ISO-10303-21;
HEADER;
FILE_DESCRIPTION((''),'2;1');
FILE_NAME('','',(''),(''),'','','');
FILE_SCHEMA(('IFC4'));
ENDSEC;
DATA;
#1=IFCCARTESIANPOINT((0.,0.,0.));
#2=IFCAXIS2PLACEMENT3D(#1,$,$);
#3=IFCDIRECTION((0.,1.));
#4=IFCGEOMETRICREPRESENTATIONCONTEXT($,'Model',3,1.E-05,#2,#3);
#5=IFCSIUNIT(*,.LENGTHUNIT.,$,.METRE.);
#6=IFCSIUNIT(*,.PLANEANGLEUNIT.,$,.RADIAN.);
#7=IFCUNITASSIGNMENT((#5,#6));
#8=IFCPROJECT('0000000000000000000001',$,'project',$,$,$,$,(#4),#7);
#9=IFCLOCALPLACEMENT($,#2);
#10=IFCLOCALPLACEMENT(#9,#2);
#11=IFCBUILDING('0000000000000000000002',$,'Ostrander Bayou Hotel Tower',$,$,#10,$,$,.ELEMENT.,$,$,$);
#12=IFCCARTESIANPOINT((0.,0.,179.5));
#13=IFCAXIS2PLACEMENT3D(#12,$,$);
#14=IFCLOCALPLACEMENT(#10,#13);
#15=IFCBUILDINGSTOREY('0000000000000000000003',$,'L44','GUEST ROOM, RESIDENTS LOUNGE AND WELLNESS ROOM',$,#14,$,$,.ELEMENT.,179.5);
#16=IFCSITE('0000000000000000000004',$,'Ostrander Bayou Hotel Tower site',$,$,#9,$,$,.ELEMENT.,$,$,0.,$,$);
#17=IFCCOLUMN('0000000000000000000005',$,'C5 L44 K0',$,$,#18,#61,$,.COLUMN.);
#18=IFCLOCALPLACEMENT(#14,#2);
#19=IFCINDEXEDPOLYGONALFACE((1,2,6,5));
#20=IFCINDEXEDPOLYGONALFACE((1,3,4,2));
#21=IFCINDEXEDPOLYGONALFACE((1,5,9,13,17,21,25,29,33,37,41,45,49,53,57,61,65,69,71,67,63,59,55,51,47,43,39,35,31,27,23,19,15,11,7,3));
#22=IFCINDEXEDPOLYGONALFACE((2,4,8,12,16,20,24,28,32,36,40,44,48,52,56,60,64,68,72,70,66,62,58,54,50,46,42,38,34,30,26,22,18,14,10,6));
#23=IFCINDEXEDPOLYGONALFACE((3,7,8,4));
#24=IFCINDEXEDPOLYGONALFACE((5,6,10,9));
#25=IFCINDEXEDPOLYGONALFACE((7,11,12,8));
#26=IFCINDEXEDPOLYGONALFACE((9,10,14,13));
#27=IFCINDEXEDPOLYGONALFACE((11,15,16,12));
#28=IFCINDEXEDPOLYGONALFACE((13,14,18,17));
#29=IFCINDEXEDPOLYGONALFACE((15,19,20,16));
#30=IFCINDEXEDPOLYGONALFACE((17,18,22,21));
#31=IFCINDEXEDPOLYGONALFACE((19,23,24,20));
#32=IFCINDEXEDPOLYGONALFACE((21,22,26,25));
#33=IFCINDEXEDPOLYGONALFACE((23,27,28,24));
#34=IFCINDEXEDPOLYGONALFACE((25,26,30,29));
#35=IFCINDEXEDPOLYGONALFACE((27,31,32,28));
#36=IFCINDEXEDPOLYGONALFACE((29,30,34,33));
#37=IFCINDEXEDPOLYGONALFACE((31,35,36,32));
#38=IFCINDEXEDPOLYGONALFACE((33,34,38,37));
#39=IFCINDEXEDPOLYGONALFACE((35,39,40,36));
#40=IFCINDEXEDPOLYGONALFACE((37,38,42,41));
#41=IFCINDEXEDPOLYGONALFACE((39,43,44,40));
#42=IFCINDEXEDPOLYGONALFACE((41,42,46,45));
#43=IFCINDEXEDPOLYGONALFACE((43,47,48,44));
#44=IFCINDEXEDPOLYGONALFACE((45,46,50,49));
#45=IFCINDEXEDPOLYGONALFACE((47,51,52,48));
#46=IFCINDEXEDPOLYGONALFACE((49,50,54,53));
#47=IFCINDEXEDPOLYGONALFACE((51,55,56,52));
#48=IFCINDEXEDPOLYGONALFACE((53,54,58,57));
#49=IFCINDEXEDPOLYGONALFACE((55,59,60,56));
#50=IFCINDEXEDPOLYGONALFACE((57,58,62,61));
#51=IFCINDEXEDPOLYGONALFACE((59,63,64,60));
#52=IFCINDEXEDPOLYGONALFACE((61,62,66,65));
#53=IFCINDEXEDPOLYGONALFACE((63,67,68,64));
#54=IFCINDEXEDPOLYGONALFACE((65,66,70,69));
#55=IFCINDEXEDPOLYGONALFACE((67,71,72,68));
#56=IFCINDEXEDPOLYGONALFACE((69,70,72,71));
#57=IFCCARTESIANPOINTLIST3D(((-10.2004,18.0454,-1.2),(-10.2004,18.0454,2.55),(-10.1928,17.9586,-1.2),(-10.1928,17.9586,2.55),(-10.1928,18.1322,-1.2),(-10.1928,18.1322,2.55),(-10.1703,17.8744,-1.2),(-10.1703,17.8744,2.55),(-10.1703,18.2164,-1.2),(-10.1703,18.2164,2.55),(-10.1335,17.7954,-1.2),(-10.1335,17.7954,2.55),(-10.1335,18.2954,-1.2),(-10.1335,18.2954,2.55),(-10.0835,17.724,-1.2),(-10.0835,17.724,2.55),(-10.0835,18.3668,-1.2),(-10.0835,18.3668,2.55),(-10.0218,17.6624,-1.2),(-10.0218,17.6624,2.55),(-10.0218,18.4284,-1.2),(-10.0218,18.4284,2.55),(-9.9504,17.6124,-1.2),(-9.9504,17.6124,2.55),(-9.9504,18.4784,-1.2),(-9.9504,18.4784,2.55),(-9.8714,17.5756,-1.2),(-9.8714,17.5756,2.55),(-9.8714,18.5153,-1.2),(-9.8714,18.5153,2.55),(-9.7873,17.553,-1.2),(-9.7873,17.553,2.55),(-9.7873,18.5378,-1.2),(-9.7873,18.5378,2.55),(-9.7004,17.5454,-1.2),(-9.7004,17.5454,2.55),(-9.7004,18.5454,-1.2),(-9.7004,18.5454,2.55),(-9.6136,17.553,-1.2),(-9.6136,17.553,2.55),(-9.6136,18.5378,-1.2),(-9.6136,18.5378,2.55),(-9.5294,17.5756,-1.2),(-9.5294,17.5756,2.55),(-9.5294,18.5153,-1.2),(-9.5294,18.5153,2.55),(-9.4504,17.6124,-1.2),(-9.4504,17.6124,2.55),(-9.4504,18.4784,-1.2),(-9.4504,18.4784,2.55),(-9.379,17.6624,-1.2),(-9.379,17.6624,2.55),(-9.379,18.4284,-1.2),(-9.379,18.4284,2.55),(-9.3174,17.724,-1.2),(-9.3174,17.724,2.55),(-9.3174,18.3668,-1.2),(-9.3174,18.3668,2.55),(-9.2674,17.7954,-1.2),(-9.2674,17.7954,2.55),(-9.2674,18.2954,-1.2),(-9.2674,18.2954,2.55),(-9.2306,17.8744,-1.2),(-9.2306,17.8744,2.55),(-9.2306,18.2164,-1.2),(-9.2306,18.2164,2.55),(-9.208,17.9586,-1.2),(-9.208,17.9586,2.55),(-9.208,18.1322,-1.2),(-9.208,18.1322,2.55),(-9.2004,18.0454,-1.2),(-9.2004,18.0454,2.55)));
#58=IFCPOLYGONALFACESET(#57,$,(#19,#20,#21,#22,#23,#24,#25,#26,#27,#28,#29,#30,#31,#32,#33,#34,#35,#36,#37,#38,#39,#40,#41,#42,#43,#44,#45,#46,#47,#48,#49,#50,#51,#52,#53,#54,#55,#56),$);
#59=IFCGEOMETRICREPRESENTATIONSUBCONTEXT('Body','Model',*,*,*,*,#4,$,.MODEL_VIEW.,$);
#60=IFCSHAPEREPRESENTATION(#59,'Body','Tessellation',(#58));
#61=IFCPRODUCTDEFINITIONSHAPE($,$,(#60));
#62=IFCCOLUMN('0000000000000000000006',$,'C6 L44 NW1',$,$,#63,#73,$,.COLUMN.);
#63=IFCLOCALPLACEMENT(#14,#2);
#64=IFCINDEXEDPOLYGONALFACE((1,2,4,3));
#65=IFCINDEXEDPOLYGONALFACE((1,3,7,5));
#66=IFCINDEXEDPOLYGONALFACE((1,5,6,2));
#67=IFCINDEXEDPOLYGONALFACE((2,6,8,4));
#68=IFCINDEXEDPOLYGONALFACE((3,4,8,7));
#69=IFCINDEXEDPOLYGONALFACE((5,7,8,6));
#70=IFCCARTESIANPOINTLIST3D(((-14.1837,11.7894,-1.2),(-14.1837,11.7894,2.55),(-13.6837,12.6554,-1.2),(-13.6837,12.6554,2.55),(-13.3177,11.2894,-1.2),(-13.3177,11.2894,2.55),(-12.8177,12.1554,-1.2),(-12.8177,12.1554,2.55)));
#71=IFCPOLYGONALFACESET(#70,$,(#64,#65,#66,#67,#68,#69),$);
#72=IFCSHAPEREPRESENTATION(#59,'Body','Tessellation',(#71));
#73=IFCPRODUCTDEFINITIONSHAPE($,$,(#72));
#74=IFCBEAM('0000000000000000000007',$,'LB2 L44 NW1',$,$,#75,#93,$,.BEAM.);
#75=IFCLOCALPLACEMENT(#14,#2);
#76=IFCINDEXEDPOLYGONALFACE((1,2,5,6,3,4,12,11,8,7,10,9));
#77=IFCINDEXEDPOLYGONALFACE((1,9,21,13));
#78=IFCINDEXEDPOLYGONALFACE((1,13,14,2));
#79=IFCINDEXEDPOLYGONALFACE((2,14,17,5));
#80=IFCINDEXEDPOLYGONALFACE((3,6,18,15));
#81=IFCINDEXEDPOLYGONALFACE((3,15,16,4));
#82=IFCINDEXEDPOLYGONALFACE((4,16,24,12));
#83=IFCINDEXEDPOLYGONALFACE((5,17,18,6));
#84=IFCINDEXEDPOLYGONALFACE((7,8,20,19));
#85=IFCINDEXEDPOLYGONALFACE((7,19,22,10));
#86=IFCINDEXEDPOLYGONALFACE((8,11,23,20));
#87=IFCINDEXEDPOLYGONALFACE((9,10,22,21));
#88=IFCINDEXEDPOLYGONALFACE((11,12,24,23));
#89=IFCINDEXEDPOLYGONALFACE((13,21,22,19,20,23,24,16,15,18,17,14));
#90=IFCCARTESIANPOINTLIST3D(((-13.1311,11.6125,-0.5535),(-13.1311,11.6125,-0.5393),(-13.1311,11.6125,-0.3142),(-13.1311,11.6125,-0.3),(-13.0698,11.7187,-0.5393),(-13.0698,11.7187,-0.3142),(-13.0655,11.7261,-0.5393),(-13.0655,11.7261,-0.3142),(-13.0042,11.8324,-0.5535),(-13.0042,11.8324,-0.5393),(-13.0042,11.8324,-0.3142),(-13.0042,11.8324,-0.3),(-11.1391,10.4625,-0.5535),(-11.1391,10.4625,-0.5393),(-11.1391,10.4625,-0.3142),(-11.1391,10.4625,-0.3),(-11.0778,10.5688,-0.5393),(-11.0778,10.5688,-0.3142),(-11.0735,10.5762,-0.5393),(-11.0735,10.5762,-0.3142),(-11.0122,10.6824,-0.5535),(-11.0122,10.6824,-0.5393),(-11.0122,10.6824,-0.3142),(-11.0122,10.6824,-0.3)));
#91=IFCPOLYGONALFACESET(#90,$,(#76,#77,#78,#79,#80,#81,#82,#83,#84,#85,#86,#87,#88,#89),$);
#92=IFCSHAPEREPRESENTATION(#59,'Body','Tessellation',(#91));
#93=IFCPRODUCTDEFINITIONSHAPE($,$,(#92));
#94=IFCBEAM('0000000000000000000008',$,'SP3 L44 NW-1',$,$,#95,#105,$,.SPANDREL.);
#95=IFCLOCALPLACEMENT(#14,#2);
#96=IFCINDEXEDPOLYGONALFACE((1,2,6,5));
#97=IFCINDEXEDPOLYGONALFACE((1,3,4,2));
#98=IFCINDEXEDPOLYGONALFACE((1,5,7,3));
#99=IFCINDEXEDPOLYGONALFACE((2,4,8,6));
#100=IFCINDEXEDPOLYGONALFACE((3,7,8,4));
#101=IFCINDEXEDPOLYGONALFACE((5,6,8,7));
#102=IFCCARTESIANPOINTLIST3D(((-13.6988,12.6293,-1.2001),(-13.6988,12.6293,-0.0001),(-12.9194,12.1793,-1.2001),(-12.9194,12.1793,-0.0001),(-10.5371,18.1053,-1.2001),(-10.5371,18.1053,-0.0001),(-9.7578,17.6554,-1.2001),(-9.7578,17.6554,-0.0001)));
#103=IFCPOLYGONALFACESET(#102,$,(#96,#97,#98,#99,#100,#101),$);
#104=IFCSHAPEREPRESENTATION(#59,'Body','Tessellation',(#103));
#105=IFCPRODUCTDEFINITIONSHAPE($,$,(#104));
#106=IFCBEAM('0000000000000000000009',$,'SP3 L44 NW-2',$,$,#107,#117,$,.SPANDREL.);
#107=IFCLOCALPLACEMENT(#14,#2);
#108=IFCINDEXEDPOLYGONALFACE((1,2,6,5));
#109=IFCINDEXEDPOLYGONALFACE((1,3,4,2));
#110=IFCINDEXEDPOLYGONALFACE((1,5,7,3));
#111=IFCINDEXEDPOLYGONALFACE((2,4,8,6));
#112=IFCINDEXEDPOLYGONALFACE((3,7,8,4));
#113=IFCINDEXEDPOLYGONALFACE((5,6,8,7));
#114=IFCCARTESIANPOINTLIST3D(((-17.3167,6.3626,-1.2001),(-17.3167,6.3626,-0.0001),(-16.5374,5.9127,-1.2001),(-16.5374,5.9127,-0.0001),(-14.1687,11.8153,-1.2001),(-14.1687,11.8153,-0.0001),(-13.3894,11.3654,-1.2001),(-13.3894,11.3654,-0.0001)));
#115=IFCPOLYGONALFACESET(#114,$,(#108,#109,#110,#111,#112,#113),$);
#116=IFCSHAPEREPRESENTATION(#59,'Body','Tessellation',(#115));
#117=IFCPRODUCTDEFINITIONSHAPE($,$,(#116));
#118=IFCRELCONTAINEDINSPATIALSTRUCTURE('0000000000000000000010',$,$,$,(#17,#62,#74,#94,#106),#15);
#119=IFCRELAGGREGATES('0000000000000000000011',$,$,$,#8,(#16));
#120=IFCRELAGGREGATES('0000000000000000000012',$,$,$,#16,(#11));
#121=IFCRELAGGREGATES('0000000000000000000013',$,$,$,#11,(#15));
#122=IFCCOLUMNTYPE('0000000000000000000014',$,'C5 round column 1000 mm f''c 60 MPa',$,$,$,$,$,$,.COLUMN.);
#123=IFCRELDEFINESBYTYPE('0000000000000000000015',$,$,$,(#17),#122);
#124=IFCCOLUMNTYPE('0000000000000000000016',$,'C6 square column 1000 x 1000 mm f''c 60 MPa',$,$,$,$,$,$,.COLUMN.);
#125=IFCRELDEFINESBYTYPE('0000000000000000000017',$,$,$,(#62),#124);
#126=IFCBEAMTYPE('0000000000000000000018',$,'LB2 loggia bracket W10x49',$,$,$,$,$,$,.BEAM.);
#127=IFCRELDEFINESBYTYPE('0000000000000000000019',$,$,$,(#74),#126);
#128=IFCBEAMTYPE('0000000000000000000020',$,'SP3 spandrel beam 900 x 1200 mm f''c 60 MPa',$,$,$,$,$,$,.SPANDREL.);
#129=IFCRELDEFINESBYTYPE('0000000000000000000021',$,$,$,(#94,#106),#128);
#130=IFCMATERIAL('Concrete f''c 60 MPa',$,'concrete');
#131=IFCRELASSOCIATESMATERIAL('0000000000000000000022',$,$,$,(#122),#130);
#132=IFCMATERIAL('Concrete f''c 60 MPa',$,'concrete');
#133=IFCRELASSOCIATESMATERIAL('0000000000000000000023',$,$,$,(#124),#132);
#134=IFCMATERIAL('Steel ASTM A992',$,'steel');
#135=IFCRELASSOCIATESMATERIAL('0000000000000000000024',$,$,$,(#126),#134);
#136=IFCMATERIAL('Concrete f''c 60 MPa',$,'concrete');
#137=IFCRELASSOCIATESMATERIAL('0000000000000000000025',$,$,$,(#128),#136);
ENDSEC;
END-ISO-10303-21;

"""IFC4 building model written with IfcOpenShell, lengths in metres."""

from ifc_helpers import new_model, si_unit, direction, frame, origin, origin_2d, place, context, subcontext, project, spatial, rectangle, circle, i_section, extrude, material, material_profile, profile_set, type_object, element, save


model = new_model("IFC4")

# Units and contexts
model_context = context("Model", 3, precision=1e-05, world=origin(), true_north=direction((0.0, 1.0)))
body_context = subcontext(model_context, "Body", "Model", "MODEL_VIEW")
ifc_project = project(units=[si_unit("LENGTHUNIT", "METRE"), si_unit("PLANEANGLEUNIT", "RADIAN")], contexts=[model_context])

# Site, building, storey
site_placement = place(None, origin())
site = spatial("IfcSite", under=ifc_project, at=site_placement, Name="Ostrander Bayou Hotel Tower site", CompositionType="ELEMENT", RefElevation=0.0)
building_placement = place(site_placement, origin())
building = spatial("IfcBuilding", under=site, at=building_placement, Name="Ostrander Bayou Hotel Tower", CompositionType="ELEMENT")
storey_placement = place(building_placement, frame((0.0, 0.0, 179.5)))
storey = spatial("IfcBuildingStorey", under=building, at=storey_placement, Name="L44", Description="GUEST ROOM, RESIDENTS LOUNGE AND WELLNESS ROOM", CompositionType="ELEMENT", Elevation=179.5)

# Columns
ifc_material_1 = material(Name="Concrete f'c 60 MPa", Category="concrete")
ifc_material_profile_1 = material_profile(ifc_material_1, circle(Radius=0.5, at=origin_2d()))
ifc_profile_set_1 = profile_set([ifc_material_profile_1], Name="Concrete f'c 60 MPa")
column_type_1 = type_object("IfcColumnType", Name="C5 round column 1000 mm f'c 60 MPa", PredefinedType="COLUMN", material=ifc_profile_set_1)
column_1_placement = place(storey_placement, frame((-9.7004, 18.0454, -1.2), z_axis=(0.0, 0.0, 1.0), x_axis=(1.0, 0.0, 0.0)))
element("IfcColumn", 1, at=column_1_placement, inside=storey, type_object=column_type_1, Name="C5 L44 K0", PredefinedType="COLUMN", context=body_context, shape_type="SweptSolid", body=[
    extrude(circle(Radius=0.5, at=origin_2d()), origin(), (0.0, 0.0, 1.0), 3.75),
])
ifc_material_2 = material(Name="Concrete f'c 60 MPa", Category="concrete")
ifc_material_profile_2 = material_profile(ifc_material_2, rectangle(XDim=1.0, YDim=1.0, at=origin_2d()))
ifc_profile_set_2 = profile_set([ifc_material_profile_2], Name="Concrete f'c 60 MPa")
column_type_2 = type_object("IfcColumnType", Name="C6 square column 1000 x 1000 mm f'c 60 MPa", PredefinedType="COLUMN", material=ifc_profile_set_2)
column_2_placement = place(storey_placement, frame((-13.5007, 11.9724, -1.2), z_axis=(0.0, 0.0, 1.0), x_axis=(0.5, 0.866025, 0.0)))
element("IfcColumn", 2, at=column_2_placement, inside=storey, type_object=column_type_2, Name="C6 L44 NW1", PredefinedType="COLUMN", context=body_context, shape_type="SweptSolid", body=[
    extrude(rectangle(XDim=1.0, YDim=1.0, at=origin_2d()), origin(), (0.0, 0.0, 1.0), 3.75),
])

# Beams
ifc_material_3 = material(Name="Steel ASTM A992", Category="steel")
ifc_material_profile_3 = material_profile(ifc_material_3, i_section(OverallWidth=0.2539, OverallDepth=0.2534, WebThickness=0.0085, FlangeThickness=0.0142, at=origin_2d()))
ifc_profile_set_3 = profile_set([ifc_material_profile_3], Name="Steel ASTM A992")
beam_type_1 = type_object("IfcBeamType", Name="LB2 loggia bracket W10x49", PredefinedType="BEAM", material=ifc_profile_set_3)
beam_1_placement = place(storey_placement, frame((-13.0676, 11.7224, -0.4268), z_axis=(0.866053, -0.499952, 0.0), x_axis=(0.499952, 0.866053, 0.0)))
element("IfcBeam", 3, at=beam_1_placement, inside=storey, type_object=beam_type_1, Name="LB2 L44 NW1", PredefinedType="BEAM", context=body_context, shape_type="SweptSolid", body=[
    extrude(i_section(OverallWidth=0.2539, OverallDepth=0.2534, WebThickness=0.0085, FlangeThickness=0.0142, at=origin_2d()), origin(), (0.0, 0.0, 1.0), 2.3),
])
ifc_material_4 = material(Name="Concrete f'c 60 MPa", Category="concrete")
ifc_material_profile_4 = material_profile(ifc_material_4, rectangle(XDim=0.8999, YDim=1.2, at=origin_2d()))
ifc_profile_set_4 = profile_set([ifc_material_profile_4], Name="Concrete f'c 60 MPa")
beam_type_2 = type_object("IfcBeamType", Name="SP3 spandrel beam 900 x 1200 mm f'c 60 MPa", PredefinedType="SPANDREL", material=ifc_profile_set_4)
beam_2_placement = place(storey_placement, frame((-10.1475, 17.8804, -0.6001), z_axis=(-0.500001, -0.866025, 0.0), x_axis=(0.866025, -0.500001, 0.0)))
element("IfcBeam", 4, at=beam_2_placement, inside=storey, type_object=beam_type_2, Name="SP3 L44 NW-1", PredefinedType="SPANDREL", context=body_context, shape_type="SweptSolid", body=[
    extrude(rectangle(XDim=0.8999, YDim=1.2, at=origin_2d()), origin(), (0.0, 0.0, 1.0), 6.3232),
])
beam_3_placement = place(storey_placement, frame((-13.7791, 11.5903, -0.6001), z_axis=(-0.499984, -0.866034, 0.0), x_axis=(0.866034, -0.499984, 0.0)))
element("IfcBeam", 5, at=beam_3_placement, inside=storey, type_object=beam_type_2, Name="SP3 L44 NW-2", PredefinedType="SPANDREL", context=body_context, shape_type="SweptSolid", body=[
    extrude(rectangle(XDim=0.8999, YDim=1.2, at=origin_2d()), origin(), (0.0, 0.0, 1.0), 6.2961),
])

save(model, "model.ifc")
